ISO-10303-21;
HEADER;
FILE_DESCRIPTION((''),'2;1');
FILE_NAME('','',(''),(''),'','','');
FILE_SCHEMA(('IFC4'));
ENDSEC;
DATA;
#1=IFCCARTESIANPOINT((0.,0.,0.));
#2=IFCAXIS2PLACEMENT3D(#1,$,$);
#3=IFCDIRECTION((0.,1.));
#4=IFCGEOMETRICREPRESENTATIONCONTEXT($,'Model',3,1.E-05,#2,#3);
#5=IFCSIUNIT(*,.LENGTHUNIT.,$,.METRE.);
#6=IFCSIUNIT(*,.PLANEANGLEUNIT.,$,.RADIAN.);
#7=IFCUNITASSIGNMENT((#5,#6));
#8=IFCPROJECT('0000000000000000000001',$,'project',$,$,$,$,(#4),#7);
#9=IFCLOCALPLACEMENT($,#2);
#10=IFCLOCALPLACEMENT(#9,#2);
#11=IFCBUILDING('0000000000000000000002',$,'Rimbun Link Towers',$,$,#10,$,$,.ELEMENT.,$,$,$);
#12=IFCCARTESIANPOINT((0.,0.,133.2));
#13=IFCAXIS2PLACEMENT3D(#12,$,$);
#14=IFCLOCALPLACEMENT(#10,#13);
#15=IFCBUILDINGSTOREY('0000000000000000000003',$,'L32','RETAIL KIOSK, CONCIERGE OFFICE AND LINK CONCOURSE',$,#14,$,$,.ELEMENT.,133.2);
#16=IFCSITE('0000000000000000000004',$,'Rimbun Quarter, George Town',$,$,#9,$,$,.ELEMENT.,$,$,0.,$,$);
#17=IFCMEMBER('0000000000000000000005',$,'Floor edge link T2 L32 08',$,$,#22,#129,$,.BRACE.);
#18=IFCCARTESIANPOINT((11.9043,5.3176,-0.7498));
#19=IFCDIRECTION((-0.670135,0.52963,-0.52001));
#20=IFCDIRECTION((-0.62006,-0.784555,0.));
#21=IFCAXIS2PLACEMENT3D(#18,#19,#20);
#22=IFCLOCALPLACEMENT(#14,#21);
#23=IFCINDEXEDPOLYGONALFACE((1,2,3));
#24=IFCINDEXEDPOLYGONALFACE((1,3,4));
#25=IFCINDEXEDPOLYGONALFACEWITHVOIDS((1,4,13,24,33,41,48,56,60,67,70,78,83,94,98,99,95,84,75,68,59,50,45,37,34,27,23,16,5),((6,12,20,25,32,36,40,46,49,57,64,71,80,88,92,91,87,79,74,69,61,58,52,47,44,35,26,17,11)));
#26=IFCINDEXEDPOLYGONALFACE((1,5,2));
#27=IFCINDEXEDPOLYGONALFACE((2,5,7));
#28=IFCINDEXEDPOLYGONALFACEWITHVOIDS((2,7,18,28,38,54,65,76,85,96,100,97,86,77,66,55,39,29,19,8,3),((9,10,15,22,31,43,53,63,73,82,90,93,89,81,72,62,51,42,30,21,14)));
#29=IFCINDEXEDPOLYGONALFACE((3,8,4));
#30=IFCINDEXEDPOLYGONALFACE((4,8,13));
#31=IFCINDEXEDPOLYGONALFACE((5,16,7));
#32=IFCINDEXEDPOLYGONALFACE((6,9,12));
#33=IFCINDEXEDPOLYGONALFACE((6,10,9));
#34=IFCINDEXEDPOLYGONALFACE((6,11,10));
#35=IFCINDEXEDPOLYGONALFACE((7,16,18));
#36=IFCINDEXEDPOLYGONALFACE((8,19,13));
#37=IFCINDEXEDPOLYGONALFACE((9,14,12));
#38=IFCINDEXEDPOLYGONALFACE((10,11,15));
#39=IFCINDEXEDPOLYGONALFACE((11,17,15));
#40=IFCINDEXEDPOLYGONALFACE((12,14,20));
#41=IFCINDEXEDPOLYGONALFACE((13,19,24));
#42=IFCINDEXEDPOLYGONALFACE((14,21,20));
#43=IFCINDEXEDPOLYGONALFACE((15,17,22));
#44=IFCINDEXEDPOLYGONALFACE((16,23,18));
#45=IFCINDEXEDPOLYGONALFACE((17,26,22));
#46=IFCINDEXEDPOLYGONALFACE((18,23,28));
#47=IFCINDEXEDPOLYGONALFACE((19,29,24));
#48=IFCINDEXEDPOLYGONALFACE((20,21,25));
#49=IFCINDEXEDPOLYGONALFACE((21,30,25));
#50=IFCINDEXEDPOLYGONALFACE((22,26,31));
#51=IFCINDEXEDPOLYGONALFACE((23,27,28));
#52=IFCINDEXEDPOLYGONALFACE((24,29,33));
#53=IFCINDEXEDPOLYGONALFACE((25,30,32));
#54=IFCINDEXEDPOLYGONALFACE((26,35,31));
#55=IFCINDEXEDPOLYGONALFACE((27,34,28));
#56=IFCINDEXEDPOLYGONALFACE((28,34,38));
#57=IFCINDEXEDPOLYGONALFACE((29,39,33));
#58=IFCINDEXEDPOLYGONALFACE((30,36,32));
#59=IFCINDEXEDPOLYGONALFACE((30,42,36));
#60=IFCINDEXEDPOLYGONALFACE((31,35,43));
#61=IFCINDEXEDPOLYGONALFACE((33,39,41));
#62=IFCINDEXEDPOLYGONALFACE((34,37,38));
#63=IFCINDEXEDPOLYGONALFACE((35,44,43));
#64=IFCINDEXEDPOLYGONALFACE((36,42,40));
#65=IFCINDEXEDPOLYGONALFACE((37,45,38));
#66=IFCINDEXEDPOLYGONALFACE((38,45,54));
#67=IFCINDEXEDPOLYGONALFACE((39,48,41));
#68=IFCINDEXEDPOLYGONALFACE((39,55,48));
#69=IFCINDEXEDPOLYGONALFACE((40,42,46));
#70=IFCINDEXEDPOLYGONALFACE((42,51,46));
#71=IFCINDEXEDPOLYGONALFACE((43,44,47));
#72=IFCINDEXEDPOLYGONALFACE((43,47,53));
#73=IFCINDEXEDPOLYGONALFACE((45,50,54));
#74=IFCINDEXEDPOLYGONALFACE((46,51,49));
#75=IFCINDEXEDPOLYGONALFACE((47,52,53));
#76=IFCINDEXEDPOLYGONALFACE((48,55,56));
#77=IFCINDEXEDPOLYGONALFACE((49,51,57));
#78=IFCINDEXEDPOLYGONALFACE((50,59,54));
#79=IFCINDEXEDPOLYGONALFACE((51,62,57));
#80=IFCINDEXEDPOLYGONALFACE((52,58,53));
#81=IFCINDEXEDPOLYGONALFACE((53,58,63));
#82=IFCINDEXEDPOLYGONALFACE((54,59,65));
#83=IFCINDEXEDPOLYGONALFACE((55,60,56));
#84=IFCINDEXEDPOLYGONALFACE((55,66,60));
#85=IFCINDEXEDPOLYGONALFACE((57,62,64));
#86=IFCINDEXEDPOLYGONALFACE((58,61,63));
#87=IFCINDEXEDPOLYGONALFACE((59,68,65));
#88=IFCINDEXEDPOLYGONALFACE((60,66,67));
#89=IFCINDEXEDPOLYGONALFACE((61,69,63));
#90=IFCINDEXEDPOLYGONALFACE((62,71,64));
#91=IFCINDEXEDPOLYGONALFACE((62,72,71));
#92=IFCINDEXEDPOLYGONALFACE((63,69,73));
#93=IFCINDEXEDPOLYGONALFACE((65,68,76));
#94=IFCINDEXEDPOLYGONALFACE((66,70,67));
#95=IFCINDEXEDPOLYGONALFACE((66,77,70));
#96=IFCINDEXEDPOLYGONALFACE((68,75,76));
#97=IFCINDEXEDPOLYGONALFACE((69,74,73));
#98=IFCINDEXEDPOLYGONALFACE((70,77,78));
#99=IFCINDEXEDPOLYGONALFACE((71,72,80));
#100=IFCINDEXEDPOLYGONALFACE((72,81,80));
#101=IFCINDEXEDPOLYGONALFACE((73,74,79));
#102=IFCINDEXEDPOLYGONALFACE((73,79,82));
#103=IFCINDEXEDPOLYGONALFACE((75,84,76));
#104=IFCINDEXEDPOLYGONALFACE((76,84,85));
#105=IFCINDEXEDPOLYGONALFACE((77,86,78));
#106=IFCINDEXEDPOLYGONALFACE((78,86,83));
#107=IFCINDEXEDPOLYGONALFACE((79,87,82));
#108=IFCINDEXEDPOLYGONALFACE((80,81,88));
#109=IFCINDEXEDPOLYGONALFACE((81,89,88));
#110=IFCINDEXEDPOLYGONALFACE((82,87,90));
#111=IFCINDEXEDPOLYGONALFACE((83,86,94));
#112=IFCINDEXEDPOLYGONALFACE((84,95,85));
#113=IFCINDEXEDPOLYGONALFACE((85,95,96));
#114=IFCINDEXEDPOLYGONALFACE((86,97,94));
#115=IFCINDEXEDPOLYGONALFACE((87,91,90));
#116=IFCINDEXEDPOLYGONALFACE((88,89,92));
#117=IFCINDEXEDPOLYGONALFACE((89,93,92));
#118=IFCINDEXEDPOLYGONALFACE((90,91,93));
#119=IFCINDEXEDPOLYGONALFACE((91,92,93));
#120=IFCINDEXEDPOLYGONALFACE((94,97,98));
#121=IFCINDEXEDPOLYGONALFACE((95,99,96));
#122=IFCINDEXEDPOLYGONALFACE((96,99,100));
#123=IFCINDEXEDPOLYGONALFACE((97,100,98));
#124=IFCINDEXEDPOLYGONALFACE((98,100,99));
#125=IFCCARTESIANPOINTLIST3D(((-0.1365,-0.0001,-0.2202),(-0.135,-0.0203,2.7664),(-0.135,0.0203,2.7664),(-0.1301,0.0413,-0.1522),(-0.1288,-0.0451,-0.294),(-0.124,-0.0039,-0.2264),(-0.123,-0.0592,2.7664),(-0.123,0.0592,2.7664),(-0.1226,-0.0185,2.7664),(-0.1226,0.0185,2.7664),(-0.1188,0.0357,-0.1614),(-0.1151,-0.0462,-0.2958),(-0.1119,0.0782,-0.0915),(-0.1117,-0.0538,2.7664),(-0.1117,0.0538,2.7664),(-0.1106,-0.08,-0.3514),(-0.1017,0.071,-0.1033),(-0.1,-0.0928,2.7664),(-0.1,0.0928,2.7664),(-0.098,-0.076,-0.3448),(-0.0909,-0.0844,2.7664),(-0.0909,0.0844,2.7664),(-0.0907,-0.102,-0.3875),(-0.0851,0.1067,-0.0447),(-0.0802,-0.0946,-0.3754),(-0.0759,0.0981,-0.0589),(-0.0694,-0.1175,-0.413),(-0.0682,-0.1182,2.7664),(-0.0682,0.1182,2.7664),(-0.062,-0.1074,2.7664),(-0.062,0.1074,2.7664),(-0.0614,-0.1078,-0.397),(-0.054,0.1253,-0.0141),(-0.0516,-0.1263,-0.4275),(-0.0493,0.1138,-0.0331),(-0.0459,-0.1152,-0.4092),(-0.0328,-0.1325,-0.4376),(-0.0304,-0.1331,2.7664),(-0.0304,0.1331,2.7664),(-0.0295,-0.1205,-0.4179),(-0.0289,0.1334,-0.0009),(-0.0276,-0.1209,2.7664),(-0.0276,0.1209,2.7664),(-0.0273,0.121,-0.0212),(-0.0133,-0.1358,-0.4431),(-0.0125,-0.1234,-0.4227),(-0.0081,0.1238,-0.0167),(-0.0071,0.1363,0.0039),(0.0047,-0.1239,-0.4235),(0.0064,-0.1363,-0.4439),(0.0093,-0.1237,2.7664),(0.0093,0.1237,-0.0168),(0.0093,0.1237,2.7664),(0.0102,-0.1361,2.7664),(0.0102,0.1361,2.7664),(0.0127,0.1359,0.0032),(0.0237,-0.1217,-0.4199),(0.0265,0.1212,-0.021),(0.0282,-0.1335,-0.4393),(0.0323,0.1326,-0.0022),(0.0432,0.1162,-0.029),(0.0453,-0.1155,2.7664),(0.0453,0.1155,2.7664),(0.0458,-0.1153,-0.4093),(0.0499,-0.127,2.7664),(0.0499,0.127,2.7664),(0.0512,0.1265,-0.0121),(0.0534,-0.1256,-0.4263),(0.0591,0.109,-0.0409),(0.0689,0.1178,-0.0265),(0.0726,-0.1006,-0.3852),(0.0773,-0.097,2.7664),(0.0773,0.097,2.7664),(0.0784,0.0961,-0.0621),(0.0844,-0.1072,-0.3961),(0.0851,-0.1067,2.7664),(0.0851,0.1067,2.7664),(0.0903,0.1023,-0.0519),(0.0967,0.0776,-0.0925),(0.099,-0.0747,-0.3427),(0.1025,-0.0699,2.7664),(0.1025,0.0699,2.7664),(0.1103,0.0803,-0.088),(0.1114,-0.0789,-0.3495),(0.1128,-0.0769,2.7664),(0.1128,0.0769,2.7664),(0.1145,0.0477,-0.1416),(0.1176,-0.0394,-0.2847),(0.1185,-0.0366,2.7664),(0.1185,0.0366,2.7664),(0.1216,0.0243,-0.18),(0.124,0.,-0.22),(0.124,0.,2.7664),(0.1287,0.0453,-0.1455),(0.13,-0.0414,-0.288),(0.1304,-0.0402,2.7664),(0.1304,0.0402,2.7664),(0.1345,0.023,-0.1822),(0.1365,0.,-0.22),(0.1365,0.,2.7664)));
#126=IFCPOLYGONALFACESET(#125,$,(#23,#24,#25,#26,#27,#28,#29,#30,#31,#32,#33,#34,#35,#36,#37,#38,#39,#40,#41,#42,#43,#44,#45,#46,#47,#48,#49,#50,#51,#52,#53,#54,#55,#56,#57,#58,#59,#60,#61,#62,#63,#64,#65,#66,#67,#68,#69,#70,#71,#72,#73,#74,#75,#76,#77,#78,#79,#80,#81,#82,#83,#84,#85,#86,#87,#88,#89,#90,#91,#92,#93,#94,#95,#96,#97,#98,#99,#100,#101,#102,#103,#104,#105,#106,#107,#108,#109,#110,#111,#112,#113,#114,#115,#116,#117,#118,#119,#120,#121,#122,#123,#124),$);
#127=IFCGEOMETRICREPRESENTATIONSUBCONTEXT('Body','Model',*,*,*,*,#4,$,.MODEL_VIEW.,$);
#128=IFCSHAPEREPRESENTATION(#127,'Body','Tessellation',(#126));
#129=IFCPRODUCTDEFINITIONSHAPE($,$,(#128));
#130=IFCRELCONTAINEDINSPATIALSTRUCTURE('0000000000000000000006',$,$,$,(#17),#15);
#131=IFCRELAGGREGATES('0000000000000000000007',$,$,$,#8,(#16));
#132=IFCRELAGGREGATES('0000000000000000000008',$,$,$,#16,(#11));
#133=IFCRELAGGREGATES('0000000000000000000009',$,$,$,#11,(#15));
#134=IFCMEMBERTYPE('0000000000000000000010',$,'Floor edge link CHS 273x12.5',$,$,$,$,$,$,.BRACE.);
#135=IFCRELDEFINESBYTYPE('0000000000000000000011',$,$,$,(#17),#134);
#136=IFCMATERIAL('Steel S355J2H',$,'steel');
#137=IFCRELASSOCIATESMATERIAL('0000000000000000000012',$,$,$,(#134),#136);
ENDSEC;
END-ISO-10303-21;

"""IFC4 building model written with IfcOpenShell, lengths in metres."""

from ifc_helpers import new_model, si_unit, direction, frame, origin, origin_2d, place, context, subcontext, project, spatial, hollow_circle, extrude, clip, halfspace, material, material_profile, profile_set, type_object, element, save


model = new_model("IFC4")

# Units and contexts
model_context = context("Model", 3, precision=1e-05, world=origin(), true_north=direction((0.0, 1.0)))
body_context = subcontext(model_context, "Body", "Model", "MODEL_VIEW")
ifc_project = project(units=[si_unit("LENGTHUNIT", "METRE"), si_unit("PLANEANGLEUNIT", "RADIAN")], contexts=[model_context])

# Site, building, storey
site_placement = place(None, origin())
site = spatial("IfcSite", under=ifc_project, at=site_placement, Name="Rimbun Quarter, George Town", CompositionType="ELEMENT", RefElevation=0.0)
building_placement = place(site_placement, origin())
building = spatial("IfcBuilding", under=site, at=building_placement, Name="Rimbun Link Towers", CompositionType="ELEMENT")
storey_placement = place(building_placement, frame((0.0, 0.0, 133.2)))
storey = spatial("IfcBuildingStorey", under=building, at=storey_placement, Name="L32", Description="RETAIL KIOSK, CONCIERGE OFFICE AND LINK CONCOURSE", CompositionType="ELEMENT", Elevation=133.2)

# Member
ifc_material_1 = material(Name="Steel S355J2H", Category="steel")
ifc_material_profile_1 = material_profile(ifc_material_1, hollow_circle(Radius=0.1365, WallThickness=0.0125, at=origin_2d()), Name="CHS 273x12.5")
ifc_profile_set_1 = profile_set([ifc_material_profile_1], Name="Steel S355J2H")
member_type = type_object("IfcMemberType", Name="Floor edge link CHS 273x12.5", PredefinedType="BRACE", material=ifc_profile_set_1)
member_placement = place(storey_placement, frame((11.9043, 5.3176, -0.7498), z_axis=(-0.670135, 0.52963, -0.52001), x_axis=(-0.62006, -0.784555, 0.0)))
element("IfcMember", 1, at=member_placement, inside=storey, type_object=member_type, Name="Floor edge link T2 L32 08", PredefinedType="BRACE", context=body_context, shape_type="Clipping", body=[
    clip(extrude(hollow_circle(Radius=0.1365, WallThickness=0.0125, at=origin_2d()), frame((0.0, 0.0, -0.4675)), (0.0, 0.0, 1.0), 3.2339), halfspace(frame((0.0, 0.0, -0.22), z_axis=(0.0, 0.85416, -0.52001)), False)),
])

save(model, "model.ifc")
